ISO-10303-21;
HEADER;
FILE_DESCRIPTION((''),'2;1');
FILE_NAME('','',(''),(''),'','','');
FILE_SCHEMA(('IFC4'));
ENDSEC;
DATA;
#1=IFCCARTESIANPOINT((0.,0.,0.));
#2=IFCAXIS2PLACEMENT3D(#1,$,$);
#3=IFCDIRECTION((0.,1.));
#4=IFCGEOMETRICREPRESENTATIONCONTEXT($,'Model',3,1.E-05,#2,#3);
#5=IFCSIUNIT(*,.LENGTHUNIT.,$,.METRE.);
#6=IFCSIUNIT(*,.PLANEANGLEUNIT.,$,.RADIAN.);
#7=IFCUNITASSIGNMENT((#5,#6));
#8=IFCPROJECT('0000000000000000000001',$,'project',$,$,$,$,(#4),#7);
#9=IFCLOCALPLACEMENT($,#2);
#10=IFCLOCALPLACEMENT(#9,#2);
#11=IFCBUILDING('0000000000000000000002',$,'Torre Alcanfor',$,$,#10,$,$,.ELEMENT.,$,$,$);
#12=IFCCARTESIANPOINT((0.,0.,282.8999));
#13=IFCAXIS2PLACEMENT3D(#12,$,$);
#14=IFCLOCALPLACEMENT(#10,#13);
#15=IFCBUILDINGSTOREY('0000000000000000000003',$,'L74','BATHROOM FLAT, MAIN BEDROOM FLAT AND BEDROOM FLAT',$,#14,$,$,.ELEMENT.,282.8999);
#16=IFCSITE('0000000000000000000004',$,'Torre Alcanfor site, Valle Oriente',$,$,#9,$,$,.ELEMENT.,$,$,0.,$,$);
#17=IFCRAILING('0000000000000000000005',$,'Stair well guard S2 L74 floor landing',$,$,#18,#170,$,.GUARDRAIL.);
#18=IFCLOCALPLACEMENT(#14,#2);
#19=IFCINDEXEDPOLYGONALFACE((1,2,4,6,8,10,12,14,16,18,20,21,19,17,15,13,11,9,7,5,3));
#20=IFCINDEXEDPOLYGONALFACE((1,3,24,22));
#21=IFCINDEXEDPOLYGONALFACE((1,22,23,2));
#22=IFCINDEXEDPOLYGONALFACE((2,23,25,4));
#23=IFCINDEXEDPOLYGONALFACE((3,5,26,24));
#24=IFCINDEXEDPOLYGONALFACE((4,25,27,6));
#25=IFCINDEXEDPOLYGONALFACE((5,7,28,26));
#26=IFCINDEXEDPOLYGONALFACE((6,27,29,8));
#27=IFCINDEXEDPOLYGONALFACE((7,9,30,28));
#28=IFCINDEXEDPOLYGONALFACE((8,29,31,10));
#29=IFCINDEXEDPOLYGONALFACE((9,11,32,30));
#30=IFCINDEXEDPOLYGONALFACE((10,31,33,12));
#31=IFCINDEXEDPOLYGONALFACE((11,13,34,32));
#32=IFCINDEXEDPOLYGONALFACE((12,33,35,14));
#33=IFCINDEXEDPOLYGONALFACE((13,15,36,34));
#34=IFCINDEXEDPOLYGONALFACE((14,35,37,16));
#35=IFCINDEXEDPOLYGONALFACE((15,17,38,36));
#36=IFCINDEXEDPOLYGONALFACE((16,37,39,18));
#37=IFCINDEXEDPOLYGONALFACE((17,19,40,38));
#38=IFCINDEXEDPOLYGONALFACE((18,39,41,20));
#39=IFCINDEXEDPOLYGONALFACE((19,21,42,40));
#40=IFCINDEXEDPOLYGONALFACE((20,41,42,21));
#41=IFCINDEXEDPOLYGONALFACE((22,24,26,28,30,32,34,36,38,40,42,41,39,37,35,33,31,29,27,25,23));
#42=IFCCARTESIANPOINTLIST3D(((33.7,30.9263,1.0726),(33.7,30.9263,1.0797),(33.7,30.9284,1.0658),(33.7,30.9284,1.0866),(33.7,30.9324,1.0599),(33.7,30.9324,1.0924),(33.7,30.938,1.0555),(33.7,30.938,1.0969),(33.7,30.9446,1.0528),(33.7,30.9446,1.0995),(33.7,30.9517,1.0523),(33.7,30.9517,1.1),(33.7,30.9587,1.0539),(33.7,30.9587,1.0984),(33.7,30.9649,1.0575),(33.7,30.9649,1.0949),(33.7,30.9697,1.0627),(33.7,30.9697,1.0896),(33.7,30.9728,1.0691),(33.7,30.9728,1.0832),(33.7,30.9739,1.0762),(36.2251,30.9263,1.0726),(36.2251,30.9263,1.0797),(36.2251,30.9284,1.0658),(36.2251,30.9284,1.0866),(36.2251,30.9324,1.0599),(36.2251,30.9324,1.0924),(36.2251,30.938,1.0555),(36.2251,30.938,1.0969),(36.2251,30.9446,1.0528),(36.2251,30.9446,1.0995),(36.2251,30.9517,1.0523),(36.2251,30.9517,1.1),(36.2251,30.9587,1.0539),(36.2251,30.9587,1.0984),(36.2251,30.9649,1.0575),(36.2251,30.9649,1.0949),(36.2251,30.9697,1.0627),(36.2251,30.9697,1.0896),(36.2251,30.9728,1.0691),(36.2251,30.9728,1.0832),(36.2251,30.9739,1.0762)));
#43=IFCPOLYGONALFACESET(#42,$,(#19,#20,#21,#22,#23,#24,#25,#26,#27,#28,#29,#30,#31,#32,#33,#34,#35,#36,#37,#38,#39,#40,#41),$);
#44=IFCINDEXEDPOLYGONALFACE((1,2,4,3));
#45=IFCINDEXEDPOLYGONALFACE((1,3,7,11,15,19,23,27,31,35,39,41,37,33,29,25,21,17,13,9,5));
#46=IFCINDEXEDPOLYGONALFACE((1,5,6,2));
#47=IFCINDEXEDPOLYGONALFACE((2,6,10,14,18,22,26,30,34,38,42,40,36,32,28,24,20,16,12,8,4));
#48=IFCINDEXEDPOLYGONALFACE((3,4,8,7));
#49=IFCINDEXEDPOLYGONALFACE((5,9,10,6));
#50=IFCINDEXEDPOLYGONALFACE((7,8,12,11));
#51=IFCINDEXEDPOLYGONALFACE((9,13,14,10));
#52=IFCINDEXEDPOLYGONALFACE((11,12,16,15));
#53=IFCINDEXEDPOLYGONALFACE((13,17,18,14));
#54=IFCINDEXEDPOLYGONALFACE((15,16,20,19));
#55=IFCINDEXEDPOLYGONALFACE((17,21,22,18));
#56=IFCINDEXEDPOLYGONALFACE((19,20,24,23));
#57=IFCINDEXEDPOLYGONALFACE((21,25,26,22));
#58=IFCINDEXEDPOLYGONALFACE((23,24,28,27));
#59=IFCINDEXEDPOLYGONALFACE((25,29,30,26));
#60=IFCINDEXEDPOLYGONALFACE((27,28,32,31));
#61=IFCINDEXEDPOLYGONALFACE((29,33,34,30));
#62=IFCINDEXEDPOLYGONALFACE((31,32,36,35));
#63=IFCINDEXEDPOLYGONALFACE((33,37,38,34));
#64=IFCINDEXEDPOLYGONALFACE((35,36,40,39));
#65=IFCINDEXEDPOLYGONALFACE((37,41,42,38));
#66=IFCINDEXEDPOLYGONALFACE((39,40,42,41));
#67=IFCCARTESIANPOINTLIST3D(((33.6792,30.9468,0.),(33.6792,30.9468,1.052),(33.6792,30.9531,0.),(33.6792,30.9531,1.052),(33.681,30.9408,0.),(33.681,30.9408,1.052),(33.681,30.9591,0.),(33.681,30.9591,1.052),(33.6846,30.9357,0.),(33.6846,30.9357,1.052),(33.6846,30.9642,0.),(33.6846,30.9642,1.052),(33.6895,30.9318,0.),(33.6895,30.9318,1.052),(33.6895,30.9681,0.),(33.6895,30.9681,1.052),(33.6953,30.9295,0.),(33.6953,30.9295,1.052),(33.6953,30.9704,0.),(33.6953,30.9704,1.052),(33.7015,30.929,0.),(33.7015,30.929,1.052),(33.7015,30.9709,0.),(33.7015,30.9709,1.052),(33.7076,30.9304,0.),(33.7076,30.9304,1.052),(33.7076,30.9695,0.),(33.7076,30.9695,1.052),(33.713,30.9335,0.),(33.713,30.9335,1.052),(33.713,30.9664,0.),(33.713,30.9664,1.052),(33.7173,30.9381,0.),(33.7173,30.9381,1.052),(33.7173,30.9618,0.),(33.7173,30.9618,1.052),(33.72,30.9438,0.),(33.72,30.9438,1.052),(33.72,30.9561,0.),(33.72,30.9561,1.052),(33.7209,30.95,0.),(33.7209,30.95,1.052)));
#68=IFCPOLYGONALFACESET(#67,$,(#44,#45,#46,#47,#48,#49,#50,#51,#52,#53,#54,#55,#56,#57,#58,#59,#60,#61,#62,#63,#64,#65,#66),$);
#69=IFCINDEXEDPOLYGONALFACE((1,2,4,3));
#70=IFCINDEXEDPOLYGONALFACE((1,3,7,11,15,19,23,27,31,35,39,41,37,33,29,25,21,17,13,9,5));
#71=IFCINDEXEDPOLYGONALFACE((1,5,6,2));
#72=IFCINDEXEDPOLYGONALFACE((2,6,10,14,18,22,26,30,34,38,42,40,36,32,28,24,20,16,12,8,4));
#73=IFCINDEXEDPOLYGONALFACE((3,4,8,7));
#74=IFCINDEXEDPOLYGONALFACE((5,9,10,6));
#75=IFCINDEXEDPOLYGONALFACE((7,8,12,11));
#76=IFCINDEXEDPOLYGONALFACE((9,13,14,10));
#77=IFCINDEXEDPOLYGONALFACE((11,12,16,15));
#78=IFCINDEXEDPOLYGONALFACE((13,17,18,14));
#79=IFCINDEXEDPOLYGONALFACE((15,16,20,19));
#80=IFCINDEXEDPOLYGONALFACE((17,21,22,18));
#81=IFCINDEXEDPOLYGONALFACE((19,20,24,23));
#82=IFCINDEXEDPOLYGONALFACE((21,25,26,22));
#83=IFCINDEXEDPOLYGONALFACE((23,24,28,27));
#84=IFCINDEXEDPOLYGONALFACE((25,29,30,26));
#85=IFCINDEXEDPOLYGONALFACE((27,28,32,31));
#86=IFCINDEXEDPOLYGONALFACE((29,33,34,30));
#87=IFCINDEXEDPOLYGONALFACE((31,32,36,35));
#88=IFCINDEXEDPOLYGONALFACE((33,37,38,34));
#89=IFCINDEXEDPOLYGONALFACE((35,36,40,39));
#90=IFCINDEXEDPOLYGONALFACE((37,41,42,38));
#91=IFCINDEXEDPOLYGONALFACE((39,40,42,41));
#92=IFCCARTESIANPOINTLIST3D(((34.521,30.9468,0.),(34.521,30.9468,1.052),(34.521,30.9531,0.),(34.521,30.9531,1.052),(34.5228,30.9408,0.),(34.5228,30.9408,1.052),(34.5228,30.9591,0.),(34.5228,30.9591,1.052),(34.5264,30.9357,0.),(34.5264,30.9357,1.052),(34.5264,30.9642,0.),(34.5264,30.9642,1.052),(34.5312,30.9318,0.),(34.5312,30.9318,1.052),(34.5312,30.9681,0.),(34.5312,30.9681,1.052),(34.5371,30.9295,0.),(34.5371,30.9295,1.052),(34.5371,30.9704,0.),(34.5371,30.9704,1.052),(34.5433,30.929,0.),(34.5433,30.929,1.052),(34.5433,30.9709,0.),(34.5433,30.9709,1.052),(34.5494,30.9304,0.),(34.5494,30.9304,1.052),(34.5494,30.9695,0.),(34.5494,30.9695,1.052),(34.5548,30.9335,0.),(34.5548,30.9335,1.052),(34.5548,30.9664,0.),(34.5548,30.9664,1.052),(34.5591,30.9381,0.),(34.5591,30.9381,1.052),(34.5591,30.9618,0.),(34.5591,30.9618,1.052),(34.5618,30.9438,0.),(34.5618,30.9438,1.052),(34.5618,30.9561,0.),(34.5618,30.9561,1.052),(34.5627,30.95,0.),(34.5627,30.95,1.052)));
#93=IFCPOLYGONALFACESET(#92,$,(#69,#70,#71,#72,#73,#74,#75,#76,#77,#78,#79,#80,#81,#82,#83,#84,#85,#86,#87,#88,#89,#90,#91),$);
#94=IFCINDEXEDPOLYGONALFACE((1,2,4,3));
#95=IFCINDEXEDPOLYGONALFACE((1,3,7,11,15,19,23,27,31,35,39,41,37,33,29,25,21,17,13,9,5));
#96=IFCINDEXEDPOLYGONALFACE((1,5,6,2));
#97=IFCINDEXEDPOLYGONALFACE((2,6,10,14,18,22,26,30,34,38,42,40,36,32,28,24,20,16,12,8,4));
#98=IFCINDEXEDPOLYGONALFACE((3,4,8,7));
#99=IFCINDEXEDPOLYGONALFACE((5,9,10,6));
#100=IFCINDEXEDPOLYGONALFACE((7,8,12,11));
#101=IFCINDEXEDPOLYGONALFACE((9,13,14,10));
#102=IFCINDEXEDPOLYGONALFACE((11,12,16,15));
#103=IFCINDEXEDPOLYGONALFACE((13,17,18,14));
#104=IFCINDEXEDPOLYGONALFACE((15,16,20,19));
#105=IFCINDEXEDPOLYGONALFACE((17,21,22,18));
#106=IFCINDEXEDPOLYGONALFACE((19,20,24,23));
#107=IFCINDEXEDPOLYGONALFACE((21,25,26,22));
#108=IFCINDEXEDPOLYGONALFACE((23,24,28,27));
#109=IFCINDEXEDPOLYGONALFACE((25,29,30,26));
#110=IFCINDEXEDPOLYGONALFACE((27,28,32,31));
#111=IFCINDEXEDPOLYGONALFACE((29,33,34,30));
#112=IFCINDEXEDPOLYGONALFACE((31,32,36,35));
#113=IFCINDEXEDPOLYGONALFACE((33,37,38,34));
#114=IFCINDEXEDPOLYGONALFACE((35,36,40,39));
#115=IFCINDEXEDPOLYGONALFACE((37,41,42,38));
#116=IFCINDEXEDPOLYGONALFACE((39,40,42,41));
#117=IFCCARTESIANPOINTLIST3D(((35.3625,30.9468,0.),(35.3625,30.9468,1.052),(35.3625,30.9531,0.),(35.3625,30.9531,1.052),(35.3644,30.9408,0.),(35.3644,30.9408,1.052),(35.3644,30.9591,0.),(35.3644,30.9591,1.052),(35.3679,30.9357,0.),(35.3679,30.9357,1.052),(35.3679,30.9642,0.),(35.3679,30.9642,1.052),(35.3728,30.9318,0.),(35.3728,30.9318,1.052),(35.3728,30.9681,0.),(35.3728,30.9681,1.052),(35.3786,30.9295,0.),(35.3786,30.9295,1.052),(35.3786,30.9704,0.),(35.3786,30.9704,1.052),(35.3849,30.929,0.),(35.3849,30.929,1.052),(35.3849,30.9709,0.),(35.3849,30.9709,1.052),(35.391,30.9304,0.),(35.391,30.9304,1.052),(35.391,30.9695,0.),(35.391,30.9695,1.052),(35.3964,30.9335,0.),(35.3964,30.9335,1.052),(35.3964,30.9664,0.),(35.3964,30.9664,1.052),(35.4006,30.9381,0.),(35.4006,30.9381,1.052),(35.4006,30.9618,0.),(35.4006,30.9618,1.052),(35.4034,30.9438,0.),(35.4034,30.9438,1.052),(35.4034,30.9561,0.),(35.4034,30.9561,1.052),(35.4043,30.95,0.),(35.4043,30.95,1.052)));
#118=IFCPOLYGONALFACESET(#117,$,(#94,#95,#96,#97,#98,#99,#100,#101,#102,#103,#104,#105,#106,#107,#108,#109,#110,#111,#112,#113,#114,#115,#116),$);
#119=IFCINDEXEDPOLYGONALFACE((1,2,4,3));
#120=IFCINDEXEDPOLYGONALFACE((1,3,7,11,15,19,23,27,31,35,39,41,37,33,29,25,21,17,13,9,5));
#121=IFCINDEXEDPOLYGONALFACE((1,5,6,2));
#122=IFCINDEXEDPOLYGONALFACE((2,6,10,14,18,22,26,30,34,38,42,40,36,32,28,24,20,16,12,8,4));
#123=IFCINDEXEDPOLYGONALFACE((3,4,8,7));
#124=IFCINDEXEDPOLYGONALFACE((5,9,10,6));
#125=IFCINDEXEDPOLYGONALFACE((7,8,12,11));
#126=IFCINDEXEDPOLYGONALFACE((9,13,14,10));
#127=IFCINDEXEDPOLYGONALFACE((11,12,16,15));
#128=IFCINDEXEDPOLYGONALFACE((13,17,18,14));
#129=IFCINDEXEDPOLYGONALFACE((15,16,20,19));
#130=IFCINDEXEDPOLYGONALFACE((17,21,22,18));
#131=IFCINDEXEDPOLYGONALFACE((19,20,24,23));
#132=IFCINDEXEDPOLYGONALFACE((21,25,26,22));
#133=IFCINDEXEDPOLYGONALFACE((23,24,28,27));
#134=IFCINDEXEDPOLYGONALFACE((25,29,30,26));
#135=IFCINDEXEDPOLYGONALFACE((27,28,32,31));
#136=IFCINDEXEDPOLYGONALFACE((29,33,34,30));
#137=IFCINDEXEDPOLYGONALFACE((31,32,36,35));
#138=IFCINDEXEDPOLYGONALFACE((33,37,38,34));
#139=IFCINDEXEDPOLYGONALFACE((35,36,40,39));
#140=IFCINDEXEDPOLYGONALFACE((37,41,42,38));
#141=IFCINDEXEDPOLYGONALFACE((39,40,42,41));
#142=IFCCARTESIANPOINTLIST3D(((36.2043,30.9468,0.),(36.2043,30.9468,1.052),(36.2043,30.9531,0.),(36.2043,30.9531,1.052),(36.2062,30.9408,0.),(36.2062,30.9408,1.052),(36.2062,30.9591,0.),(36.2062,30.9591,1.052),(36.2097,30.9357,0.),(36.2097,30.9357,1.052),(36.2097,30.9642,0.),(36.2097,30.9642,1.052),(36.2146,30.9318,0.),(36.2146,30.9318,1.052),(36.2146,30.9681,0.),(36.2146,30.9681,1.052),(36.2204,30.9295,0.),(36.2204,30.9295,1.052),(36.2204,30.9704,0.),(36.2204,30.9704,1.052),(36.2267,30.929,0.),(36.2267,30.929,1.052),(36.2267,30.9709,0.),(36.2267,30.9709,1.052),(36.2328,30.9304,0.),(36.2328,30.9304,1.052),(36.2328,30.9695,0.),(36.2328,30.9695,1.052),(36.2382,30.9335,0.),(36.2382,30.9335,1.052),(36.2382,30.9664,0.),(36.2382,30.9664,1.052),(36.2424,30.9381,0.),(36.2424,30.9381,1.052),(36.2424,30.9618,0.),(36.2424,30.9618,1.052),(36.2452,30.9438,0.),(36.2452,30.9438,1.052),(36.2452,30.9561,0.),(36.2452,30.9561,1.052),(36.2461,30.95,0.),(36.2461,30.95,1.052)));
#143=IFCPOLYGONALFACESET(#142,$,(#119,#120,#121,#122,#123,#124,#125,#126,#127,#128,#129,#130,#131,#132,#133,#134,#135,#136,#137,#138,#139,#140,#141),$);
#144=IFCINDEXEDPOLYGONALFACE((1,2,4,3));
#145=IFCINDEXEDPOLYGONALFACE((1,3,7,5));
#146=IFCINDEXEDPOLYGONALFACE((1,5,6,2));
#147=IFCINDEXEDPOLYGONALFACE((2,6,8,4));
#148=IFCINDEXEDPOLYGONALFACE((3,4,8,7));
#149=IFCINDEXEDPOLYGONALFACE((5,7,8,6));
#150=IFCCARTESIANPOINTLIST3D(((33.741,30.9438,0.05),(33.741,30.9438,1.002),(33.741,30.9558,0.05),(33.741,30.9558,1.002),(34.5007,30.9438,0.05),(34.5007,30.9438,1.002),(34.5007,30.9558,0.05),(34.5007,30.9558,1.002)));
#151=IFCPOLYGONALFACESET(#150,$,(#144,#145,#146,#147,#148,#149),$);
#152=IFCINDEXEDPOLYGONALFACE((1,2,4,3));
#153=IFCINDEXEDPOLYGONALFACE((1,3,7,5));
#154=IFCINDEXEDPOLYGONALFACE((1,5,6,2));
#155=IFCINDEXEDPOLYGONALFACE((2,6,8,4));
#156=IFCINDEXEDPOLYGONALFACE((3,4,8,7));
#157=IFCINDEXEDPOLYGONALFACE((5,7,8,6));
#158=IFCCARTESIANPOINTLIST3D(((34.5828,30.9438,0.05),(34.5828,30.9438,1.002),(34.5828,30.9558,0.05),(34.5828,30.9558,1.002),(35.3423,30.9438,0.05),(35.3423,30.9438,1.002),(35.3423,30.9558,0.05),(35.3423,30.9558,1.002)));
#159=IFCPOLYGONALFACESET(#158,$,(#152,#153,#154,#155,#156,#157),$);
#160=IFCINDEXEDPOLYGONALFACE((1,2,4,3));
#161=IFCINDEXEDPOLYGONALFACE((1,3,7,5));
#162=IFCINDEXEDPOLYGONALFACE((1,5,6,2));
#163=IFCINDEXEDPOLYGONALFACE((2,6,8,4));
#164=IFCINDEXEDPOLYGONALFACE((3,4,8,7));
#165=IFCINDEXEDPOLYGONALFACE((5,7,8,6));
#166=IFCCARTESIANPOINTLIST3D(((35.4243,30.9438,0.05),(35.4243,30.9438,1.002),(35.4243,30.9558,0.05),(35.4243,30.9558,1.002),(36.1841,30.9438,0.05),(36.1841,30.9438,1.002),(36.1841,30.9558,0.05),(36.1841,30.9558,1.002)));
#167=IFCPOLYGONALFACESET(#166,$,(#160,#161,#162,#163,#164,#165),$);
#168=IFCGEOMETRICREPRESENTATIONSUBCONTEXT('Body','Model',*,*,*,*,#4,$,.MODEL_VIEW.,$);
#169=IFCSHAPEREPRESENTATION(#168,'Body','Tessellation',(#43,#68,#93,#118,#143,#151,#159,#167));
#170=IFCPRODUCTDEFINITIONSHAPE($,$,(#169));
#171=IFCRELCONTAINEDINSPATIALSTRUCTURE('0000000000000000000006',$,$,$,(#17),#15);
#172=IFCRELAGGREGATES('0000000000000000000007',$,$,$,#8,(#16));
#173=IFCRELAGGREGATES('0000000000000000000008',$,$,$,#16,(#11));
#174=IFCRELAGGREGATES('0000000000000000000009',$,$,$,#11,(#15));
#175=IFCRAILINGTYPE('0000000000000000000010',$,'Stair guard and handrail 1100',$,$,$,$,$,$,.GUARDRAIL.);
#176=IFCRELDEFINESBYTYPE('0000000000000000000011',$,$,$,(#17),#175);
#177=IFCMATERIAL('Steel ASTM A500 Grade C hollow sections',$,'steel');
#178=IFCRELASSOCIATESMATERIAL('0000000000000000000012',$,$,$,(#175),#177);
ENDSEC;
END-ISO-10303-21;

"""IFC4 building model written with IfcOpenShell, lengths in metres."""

from ifc_helpers import new_model, si_unit, direction, frame, origin, origin_2d, place, context, subcontext, project, spatial, polyline, circle, outline, extrude, material, type_object, element, save


model = new_model("IFC4")

# Units and contexts
model_context = context("Model", 3, precision=1e-05, world=origin(), true_north=direction((0.0, 1.0)))
body_context = subcontext(model_context, "Body", "Model", "MODEL_VIEW")
ifc_project = project(units=[si_unit("LENGTHUNIT", "METRE"), si_unit("PLANEANGLEUNIT", "RADIAN")], contexts=[model_context])

# Site, building, storey
site_placement = place(None, origin())
site = spatial("IfcSite", under=ifc_project, at=site_placement, Name="Torre Alcanfor site, Valle Oriente", CompositionType="ELEMENT", RefElevation=0.0)
building_placement = place(site_placement, origin())
building = spatial("IfcBuilding", under=site, at=building_placement, Name="Torre Alcanfor", CompositionType="ELEMENT")
storey_placement = place(building_placement, frame((0.0, 0.0, 282.8999)))
storey = spatial("IfcBuildingStorey", under=building, at=storey_placement, Name="L74", Description="BATHROOM FLAT, MAIN BEDROOM FLAT AND BEDROOM FLAT", CompositionType="ELEMENT", Elevation=282.8999)

# Railing
ifc_material_1 = material(Name="Steel ASTM A500 Grade C hollow sections", Category="steel")
railing_type_1 = type_object("IfcRailingType", Name="Stair guard and handrail 1100", PredefinedType="GUARDRAIL", material=ifc_material_1)
for number, where, name in (
    (1, (33.7, 30.95, 0.0), "Stair well guard S2 L74 floor landing"),
):
    element("IfcRailing", number, at=place(storey_placement, frame(where)), inside=storey, type_object=railing_type_1, Name=name, PredefinedType="GUARDRAIL", context=body_context, shape_type="SweptSolid", body=[
        extrude(circle(Radius=0.0239, at=origin_2d()), frame((0.0, 0.0, 1.0762), z_axis=(1.0, 0.0, 0.0), x_axis=(0.0, 1.0, 0.0)), (0.0, 0.0, 1.0), 2.5251),
        extrude(circle(Radius=0.021, at=origin_2d()), origin(), (0.0, 0.0, 1.0), 1.052),
        extrude(circle(Radius=0.021, at=origin_2d()), frame((0.8418, 0.0, 0.0)), (0.0, 0.0, 1.0), 1.052),
        extrude(circle(Radius=0.021, at=origin_2d()), frame((1.6833, 0.0, 0.0)), (0.0, 0.0, 1.0), 1.052),
        extrude(circle(Radius=0.021, at=origin_2d()), frame((2.5251, 0.0, 0.0)), (0.0, 0.0, 1.0), 1.052),
        extrude(outline(polyline([(0.041, 0.05), (0.8008, 0.05), (0.8008, 1.002), (0.041, 1.002), (0.041, 0.05)])), frame((0.0, 0.0059, 0.0), z_axis=(0.0, -1.0, 0.0), x_axis=(1.0, 0.0, 0.0)), (0.0, 0.0, 1.0), 0.012),
        extrude(outline(polyline([(0.8828, 0.05), (1.6423, 0.05), (1.6423, 1.002), (0.8828, 1.002), (0.8828, 0.05)])), frame((0.0, 0.0059, 0.0), z_axis=(0.0, -1.0, 0.0), x_axis=(1.0, 0.0, 0.0)), (0.0, 0.0, 1.0), 0.012),
        extrude(outline(polyline([(1.7244, 0.05), (2.4841, 0.05), (2.4841, 1.002), (1.7244, 1.002), (1.7244, 0.05)])), frame((0.0, 0.0059, 0.0), z_axis=(0.0, -1.0, 0.0), x_axis=(1.0, 0.0, 0.0)), (0.0, 0.0, 1.0), 0.012),
    ])

save(model, "model.ifc")
